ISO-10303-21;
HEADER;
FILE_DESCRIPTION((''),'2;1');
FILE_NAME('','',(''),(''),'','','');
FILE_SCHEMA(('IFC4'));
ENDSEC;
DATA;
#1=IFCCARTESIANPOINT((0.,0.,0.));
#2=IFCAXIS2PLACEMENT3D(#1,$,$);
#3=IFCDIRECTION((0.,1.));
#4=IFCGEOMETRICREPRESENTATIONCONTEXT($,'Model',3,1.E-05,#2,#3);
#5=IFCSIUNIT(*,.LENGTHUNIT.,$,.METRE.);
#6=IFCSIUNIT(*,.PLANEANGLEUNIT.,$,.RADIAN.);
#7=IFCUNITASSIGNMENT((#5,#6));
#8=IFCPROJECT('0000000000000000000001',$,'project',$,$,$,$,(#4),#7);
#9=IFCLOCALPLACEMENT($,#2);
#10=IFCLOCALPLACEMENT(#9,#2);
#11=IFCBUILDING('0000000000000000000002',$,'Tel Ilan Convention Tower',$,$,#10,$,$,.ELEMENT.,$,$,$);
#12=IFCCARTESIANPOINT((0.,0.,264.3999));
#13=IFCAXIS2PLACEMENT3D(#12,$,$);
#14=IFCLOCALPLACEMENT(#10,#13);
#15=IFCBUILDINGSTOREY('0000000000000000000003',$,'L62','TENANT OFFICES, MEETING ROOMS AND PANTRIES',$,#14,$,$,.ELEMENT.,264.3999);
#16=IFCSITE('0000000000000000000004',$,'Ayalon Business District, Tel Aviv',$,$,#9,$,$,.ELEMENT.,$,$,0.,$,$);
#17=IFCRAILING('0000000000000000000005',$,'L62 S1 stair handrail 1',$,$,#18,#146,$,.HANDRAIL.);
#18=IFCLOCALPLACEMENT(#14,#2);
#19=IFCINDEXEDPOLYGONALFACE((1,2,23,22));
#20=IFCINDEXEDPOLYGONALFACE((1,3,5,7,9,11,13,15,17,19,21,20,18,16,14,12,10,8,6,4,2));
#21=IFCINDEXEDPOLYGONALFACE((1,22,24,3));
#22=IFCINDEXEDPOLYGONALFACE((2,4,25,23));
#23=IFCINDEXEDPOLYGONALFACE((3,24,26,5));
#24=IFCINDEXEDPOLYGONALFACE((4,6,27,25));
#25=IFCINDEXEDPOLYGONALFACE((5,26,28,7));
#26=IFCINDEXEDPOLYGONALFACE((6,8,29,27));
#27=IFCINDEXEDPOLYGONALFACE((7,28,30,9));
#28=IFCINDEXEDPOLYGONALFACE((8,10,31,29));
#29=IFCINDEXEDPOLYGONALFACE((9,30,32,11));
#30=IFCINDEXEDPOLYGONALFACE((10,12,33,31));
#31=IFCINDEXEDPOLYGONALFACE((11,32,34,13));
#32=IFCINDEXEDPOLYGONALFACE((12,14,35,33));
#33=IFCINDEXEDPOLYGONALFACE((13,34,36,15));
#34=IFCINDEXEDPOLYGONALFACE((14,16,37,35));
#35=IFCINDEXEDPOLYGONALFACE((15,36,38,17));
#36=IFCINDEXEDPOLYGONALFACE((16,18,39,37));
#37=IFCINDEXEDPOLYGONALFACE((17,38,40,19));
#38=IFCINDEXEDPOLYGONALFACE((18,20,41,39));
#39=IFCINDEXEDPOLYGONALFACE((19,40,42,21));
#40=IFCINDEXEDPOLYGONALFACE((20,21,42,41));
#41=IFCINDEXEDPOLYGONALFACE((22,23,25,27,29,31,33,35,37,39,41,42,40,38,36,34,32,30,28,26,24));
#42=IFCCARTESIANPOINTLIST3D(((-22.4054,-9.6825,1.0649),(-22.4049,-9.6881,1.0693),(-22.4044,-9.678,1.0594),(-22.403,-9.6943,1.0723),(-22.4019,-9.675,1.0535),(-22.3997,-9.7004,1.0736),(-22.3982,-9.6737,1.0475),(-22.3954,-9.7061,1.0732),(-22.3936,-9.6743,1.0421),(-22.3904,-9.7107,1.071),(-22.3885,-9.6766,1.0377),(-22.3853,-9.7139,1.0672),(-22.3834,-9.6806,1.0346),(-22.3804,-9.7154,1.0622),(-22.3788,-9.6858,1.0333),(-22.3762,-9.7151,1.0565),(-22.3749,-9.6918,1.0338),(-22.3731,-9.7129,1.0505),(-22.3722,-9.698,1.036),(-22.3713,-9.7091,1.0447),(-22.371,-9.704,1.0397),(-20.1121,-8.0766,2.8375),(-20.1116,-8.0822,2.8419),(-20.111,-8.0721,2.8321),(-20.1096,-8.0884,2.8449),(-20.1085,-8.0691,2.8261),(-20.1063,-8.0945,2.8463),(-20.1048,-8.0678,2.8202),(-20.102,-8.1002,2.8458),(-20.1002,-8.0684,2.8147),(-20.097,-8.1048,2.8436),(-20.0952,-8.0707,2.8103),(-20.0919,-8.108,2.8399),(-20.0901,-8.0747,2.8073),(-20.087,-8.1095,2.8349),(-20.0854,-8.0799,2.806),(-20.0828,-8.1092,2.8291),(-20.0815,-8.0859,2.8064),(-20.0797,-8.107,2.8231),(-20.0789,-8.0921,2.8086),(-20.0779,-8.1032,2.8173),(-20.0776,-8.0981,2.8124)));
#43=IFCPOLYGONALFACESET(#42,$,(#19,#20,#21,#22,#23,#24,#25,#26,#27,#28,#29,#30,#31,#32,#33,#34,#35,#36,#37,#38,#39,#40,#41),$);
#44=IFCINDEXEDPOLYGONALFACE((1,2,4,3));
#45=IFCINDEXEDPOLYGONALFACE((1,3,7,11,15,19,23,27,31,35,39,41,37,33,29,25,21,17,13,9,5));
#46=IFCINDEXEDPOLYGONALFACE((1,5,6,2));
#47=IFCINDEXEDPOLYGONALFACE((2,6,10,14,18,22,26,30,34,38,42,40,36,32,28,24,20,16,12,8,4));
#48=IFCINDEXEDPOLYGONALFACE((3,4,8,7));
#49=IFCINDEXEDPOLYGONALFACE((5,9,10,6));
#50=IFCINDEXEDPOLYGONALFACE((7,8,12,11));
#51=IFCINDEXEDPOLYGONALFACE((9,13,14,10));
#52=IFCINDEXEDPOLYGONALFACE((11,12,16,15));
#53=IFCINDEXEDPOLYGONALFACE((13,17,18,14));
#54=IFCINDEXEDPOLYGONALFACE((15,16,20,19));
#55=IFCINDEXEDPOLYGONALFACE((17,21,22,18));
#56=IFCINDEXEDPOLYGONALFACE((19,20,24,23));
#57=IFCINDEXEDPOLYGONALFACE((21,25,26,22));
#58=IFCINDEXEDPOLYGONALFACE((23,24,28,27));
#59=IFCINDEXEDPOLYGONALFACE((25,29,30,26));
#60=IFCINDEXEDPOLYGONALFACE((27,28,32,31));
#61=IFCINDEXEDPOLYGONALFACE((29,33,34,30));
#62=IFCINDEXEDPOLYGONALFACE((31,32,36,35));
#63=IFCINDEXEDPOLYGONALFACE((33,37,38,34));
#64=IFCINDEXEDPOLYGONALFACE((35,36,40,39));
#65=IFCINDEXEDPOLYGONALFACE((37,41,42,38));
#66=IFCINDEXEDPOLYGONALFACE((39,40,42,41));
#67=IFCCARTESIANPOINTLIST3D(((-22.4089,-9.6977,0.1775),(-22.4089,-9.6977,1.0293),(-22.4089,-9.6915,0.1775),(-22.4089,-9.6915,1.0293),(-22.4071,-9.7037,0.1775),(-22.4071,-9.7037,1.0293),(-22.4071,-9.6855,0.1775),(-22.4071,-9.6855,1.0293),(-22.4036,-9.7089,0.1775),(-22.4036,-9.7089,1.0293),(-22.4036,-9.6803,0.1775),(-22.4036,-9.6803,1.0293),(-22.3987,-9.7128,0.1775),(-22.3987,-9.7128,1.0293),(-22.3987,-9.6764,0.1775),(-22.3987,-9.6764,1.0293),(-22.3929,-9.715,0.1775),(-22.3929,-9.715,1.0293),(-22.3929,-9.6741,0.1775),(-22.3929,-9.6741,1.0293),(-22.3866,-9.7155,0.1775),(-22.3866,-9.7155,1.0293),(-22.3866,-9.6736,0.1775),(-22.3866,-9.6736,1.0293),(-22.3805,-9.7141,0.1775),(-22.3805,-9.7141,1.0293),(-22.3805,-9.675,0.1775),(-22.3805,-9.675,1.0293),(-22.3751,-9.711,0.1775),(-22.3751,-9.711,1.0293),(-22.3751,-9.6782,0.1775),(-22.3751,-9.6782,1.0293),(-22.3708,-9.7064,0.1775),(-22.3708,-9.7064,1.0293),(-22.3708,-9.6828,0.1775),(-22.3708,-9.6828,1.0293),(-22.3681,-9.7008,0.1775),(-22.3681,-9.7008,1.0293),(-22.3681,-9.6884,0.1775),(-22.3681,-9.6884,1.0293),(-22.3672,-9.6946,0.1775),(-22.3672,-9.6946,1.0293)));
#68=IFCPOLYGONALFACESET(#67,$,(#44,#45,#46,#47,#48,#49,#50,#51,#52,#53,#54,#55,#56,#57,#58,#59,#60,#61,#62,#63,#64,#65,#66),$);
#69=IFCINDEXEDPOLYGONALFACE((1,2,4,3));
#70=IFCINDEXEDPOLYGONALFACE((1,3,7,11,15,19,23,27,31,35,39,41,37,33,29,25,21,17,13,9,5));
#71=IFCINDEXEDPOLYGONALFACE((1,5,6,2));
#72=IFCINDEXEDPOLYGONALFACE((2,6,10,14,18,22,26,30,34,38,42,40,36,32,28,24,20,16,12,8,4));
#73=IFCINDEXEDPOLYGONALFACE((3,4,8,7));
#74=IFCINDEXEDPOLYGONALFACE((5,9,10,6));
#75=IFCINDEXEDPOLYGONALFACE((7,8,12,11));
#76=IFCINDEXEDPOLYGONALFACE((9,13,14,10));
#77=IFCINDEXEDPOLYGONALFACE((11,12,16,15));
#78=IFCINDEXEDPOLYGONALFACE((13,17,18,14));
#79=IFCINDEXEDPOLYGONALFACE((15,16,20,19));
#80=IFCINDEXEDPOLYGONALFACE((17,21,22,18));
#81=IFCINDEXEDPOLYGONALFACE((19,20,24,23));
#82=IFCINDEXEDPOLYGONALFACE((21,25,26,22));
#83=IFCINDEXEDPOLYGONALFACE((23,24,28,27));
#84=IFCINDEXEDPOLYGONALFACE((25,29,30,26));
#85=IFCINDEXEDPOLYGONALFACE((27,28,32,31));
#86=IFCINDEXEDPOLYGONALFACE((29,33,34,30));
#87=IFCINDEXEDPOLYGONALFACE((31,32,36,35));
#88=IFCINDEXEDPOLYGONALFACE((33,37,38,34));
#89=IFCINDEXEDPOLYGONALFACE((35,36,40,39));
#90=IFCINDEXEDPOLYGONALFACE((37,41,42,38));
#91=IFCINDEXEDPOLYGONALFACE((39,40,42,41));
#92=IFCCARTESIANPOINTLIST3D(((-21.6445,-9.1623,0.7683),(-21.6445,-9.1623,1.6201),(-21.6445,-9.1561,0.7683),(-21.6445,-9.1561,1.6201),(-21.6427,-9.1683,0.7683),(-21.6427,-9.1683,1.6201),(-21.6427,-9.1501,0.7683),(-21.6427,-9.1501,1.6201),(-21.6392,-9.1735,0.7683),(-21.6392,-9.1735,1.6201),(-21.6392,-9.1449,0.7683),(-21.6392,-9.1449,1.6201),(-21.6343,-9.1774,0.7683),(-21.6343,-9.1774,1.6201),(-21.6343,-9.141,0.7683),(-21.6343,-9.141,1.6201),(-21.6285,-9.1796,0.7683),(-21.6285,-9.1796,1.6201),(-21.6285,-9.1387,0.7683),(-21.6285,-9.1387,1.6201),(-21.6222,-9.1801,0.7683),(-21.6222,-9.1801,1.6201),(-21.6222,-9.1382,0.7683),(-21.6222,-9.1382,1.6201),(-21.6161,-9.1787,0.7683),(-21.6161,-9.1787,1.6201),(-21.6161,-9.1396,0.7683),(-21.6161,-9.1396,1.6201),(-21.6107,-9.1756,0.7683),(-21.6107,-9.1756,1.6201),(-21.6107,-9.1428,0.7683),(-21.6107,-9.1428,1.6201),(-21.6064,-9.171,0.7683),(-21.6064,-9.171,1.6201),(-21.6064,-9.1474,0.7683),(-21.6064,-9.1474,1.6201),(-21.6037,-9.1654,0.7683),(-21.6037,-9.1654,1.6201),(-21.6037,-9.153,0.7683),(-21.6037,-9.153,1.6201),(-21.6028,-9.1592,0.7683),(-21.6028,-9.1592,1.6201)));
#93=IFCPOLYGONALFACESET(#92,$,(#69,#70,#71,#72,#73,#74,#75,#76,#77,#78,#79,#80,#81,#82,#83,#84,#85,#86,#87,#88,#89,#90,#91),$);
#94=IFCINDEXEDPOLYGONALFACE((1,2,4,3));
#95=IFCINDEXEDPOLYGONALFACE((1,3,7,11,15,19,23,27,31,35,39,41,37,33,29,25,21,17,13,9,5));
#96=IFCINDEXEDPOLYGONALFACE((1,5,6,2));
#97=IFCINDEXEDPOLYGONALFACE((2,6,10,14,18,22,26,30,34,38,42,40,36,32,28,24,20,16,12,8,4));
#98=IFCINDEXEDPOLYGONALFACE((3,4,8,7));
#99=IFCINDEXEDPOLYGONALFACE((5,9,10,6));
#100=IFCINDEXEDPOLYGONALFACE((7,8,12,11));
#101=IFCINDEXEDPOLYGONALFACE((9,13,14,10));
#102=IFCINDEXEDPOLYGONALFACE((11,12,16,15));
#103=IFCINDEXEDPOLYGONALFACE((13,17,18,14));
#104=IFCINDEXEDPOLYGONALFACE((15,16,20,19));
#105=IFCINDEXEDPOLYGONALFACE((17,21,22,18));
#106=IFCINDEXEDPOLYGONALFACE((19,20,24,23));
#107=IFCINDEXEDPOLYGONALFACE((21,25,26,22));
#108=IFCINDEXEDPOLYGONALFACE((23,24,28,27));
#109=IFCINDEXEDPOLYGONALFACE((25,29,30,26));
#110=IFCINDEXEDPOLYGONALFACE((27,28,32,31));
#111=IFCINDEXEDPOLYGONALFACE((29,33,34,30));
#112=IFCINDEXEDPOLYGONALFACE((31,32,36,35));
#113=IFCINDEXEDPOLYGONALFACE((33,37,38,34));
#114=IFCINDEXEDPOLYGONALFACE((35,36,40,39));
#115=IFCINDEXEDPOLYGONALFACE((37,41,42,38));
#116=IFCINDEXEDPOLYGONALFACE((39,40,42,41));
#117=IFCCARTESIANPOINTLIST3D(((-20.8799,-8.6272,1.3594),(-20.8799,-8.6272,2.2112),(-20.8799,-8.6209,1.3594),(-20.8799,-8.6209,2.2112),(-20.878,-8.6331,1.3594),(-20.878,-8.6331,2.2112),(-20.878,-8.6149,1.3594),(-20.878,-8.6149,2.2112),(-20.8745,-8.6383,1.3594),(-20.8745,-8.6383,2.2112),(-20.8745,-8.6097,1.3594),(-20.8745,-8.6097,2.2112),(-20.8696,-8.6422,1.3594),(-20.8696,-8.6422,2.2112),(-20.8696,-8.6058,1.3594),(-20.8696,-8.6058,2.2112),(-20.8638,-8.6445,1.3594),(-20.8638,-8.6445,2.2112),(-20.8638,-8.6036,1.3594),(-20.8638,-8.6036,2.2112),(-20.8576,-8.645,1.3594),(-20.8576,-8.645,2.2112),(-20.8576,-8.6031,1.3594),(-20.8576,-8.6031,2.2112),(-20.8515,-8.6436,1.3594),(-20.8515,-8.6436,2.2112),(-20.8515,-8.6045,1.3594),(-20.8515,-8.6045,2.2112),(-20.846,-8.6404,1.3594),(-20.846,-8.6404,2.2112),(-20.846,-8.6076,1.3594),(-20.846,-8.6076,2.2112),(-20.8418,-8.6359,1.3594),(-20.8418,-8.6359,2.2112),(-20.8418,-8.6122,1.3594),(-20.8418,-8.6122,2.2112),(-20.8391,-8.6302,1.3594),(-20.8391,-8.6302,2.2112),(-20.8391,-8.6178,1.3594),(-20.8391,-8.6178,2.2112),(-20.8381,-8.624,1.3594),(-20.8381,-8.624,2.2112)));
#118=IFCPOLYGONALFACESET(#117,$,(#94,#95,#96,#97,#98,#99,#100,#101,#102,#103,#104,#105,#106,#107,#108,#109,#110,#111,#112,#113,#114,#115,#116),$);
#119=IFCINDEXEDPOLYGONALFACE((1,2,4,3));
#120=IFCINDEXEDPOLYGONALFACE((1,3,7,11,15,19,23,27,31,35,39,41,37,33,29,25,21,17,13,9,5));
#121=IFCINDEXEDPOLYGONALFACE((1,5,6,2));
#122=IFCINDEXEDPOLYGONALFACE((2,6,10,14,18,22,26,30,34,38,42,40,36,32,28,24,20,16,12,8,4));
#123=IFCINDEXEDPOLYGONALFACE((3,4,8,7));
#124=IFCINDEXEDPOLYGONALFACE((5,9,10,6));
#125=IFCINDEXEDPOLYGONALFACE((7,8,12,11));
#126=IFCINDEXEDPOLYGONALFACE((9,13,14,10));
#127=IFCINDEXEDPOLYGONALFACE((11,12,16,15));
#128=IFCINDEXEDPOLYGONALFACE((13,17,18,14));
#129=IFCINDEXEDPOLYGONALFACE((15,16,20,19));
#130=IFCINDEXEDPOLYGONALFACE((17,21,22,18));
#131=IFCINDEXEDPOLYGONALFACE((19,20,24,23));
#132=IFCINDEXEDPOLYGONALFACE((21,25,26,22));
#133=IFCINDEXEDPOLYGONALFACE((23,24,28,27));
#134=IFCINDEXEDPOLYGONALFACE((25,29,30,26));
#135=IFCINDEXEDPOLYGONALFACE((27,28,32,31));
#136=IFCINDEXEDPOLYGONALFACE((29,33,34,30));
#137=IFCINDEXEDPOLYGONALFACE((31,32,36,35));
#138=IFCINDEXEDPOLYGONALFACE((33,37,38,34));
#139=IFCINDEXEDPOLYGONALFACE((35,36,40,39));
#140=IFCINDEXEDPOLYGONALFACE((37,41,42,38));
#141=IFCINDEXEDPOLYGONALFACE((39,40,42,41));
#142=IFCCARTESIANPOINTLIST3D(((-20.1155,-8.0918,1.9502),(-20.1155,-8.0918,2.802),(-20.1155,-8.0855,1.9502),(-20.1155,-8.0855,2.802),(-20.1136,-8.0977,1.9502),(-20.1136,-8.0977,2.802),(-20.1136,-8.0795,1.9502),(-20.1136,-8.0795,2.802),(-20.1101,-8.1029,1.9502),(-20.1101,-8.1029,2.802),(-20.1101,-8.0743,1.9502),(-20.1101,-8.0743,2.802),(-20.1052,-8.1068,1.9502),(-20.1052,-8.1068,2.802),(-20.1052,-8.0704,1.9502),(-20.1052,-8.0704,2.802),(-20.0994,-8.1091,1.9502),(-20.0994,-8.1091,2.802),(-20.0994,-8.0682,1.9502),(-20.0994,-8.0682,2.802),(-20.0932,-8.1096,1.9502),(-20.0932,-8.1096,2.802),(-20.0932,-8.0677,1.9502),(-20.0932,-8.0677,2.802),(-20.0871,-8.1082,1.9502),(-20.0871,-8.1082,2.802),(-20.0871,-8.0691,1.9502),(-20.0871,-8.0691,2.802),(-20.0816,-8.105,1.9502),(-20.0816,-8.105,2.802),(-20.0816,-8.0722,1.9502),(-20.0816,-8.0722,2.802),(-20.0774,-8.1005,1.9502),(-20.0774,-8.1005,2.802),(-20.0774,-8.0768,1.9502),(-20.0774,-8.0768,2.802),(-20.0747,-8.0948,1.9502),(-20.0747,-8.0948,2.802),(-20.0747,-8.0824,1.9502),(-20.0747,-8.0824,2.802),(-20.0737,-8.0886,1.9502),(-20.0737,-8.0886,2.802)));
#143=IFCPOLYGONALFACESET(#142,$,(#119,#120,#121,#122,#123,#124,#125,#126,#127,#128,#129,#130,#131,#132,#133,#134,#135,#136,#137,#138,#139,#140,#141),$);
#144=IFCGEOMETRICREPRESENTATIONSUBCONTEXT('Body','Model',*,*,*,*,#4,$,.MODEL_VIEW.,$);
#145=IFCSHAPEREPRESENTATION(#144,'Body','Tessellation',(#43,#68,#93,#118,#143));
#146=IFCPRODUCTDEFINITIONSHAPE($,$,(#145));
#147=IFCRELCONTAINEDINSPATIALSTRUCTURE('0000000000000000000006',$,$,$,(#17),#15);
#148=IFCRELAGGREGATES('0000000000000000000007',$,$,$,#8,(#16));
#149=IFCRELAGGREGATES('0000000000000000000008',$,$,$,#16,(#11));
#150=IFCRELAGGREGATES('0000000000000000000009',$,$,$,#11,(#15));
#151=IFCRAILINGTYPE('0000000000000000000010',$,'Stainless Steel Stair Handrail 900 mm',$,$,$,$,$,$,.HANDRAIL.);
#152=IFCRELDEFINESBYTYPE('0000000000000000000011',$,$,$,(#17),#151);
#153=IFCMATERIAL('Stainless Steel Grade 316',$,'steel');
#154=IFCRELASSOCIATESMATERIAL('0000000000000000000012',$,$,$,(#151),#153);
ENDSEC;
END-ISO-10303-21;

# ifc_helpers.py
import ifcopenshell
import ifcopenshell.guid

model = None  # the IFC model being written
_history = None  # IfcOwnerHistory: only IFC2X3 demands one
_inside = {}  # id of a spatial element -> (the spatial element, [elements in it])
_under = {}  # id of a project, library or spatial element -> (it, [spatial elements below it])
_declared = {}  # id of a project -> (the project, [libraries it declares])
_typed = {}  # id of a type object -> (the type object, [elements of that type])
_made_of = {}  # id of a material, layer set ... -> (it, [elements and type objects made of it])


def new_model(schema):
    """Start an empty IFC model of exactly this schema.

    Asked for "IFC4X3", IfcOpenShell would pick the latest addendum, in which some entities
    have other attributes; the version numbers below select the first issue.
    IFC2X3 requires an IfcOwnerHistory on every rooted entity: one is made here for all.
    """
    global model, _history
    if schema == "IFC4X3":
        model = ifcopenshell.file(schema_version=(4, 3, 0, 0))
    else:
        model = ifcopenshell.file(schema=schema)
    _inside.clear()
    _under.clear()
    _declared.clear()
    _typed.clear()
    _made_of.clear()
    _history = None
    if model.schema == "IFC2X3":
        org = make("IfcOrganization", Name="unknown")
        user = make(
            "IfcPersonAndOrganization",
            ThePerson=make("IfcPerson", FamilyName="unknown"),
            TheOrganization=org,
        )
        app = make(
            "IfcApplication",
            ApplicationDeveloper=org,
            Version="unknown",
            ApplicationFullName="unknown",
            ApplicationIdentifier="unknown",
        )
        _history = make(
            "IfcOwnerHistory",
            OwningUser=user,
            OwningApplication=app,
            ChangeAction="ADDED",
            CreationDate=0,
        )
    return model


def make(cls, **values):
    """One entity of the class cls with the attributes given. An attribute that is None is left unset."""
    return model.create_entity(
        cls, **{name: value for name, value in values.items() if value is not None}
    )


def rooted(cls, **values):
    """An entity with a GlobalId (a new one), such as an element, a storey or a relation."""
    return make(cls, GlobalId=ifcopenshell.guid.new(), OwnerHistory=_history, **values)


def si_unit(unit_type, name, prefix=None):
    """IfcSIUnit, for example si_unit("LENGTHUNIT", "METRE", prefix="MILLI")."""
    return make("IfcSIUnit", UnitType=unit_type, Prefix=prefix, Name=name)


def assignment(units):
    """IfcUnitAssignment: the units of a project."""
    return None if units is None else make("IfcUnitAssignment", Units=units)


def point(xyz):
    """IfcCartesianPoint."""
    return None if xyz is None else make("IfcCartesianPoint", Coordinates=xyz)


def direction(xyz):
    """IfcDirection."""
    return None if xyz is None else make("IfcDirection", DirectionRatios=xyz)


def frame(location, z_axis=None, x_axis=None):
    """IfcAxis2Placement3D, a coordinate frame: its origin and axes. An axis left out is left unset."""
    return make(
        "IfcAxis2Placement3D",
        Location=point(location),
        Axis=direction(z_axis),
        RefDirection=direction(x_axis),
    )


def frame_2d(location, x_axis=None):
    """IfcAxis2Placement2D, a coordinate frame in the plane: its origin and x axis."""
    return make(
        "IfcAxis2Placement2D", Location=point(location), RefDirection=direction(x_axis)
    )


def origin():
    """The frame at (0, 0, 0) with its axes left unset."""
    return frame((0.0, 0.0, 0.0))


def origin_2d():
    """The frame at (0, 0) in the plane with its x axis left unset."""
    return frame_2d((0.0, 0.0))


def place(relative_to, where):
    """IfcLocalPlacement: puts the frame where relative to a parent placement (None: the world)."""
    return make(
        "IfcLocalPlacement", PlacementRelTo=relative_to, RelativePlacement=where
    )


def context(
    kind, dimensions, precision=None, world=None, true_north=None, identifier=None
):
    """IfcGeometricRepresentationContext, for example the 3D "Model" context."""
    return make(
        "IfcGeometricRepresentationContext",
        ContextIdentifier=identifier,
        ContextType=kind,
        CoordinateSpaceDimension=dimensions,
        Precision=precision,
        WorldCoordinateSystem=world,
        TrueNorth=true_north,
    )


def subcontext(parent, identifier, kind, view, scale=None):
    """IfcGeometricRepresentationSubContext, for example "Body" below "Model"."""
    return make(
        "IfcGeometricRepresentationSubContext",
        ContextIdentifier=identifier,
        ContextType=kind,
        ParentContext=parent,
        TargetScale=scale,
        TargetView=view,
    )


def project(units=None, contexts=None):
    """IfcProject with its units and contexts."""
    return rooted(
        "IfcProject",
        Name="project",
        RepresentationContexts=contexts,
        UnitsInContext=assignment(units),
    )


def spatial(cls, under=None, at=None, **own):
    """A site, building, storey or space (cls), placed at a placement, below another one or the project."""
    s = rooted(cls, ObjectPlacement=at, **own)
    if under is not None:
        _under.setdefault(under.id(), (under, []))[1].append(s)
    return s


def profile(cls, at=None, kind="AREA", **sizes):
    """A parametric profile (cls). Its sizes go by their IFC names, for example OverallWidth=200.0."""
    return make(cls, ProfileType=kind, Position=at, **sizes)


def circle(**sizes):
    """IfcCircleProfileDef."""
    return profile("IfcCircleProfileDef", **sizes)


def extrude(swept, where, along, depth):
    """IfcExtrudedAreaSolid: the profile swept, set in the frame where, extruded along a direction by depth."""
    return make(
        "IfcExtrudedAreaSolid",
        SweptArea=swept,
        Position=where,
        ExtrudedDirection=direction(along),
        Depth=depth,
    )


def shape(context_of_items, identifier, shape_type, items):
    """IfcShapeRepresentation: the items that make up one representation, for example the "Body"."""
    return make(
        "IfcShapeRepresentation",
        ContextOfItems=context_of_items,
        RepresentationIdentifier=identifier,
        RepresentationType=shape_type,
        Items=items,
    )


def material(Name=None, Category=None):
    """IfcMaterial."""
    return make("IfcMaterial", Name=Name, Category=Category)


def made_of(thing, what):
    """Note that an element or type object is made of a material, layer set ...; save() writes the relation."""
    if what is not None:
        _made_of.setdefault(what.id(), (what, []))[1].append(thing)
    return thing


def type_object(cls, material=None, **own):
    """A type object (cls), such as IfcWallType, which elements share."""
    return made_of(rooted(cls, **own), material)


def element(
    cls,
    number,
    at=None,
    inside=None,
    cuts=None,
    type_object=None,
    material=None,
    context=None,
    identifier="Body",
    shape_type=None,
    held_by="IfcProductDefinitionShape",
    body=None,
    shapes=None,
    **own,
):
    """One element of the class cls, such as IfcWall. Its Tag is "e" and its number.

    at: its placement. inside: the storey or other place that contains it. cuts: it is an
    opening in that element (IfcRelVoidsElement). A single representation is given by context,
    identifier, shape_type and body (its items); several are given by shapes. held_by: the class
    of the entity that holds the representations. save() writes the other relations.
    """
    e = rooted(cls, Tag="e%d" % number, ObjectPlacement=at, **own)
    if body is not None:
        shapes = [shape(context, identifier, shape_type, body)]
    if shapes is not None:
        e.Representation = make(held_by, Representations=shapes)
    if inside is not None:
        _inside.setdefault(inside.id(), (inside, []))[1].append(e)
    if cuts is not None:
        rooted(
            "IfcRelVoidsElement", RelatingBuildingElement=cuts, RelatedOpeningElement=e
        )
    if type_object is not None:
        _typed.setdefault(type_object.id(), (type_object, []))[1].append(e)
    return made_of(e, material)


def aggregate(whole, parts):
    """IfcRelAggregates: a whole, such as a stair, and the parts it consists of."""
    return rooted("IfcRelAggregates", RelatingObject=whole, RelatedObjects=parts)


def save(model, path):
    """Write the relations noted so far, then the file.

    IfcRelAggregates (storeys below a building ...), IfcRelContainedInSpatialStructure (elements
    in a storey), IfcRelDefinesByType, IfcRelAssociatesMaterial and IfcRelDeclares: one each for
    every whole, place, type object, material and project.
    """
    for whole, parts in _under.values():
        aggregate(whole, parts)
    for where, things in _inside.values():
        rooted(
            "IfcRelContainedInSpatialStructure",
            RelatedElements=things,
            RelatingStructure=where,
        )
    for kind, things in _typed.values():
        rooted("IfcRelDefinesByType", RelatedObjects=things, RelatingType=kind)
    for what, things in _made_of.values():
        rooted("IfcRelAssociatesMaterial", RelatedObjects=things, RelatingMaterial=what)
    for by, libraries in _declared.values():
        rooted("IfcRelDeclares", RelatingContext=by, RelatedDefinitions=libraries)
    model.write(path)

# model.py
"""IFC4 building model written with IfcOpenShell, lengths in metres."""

from ifc_helpers import new_model, si_unit, direction, frame, origin, origin_2d, place, context, subcontext, project, spatial, circle, extrude, material, type_object, element, save


model = new_model("IFC4")

# Units and contexts
model_context = context("Model", 3, precision=1e-05, world=origin(), true_north=direction((0.0, 1.0)))
body_context = subcontext(model_context, "Body", "Model", "MODEL_VIEW")
ifc_project = project(units=[si_unit("LENGTHUNIT", "METRE"), si_unit("PLANEANGLEUNIT", "RADIAN")], contexts=[model_context])

# Site, building, storey
site_placement = place(None, origin())
site = spatial("IfcSite", under=ifc_project, at=site_placement, Name="Ayalon Business District, Tel Aviv", CompositionType="ELEMENT", RefElevation=0.0)
building_placement = place(site_placement, origin())
building = spatial("IfcBuilding", under=site, at=building_placement, Name="Tel Ilan Convention Tower", CompositionType="ELEMENT")
storey_placement = place(building_placement, frame((0.0, 0.0, 264.3999)))
storey = spatial("IfcBuildingStorey", under=building, at=storey_placement, Name="L62", Description="TENANT OFFICES, MEETING ROOMS AND PANTRIES", CompositionType="ELEMENT", Elevation=264.3999)

# Railing
ifc_material_1 = material(Name="Stainless Steel Grade 316", Category="steel")
railing_type_1 = type_object("IfcRailingType", Name="Stainless Steel Stair Handrail 900 mm", PredefinedType="HANDRAIL", material=ifc_material_1)
railing_1_placement = place(storey_placement, frame((-22.3882, -9.6946, 0.1775)))
element("IfcRailing", 1, at=railing_1_placement, inside=storey, type_object=railing_type_1, Name="L62 S1 stair handrail 1", PredefinedType="HANDRAIL", context=body_context, shape_type="SweptSolid", body=[
    extrude(circle(Radius=0.0239, at=origin_2d()), frame((0.0, 0.0, 0.876), z_axis=(0.692085, 0.484621, 0.53494), x_axis=(-0.573591, 0.819142, 0.0)), (0.0, 0.0, 1.0), 3.3137),
    extrude(circle(Radius=0.021, at=origin_2d()), origin(), (0.0, 0.0, 1.0), 0.8518),
    extrude(circle(Radius=0.021, at=origin_2d()), frame((0.7644, 0.5354, 0.5908)), (0.0, 0.0, 1.0), 0.8518),
    extrude(circle(Radius=0.021, at=origin_2d()), frame((1.5291, 1.0706, 1.1819)), (0.0, 0.0, 1.0), 0.8518),
    extrude(circle(Radius=0.021, at=origin_2d()), frame((2.2935, 1.606, 1.7727)), (0.0, 0.0, 1.0), 0.8518),
])

save(model, "model.ifc")
